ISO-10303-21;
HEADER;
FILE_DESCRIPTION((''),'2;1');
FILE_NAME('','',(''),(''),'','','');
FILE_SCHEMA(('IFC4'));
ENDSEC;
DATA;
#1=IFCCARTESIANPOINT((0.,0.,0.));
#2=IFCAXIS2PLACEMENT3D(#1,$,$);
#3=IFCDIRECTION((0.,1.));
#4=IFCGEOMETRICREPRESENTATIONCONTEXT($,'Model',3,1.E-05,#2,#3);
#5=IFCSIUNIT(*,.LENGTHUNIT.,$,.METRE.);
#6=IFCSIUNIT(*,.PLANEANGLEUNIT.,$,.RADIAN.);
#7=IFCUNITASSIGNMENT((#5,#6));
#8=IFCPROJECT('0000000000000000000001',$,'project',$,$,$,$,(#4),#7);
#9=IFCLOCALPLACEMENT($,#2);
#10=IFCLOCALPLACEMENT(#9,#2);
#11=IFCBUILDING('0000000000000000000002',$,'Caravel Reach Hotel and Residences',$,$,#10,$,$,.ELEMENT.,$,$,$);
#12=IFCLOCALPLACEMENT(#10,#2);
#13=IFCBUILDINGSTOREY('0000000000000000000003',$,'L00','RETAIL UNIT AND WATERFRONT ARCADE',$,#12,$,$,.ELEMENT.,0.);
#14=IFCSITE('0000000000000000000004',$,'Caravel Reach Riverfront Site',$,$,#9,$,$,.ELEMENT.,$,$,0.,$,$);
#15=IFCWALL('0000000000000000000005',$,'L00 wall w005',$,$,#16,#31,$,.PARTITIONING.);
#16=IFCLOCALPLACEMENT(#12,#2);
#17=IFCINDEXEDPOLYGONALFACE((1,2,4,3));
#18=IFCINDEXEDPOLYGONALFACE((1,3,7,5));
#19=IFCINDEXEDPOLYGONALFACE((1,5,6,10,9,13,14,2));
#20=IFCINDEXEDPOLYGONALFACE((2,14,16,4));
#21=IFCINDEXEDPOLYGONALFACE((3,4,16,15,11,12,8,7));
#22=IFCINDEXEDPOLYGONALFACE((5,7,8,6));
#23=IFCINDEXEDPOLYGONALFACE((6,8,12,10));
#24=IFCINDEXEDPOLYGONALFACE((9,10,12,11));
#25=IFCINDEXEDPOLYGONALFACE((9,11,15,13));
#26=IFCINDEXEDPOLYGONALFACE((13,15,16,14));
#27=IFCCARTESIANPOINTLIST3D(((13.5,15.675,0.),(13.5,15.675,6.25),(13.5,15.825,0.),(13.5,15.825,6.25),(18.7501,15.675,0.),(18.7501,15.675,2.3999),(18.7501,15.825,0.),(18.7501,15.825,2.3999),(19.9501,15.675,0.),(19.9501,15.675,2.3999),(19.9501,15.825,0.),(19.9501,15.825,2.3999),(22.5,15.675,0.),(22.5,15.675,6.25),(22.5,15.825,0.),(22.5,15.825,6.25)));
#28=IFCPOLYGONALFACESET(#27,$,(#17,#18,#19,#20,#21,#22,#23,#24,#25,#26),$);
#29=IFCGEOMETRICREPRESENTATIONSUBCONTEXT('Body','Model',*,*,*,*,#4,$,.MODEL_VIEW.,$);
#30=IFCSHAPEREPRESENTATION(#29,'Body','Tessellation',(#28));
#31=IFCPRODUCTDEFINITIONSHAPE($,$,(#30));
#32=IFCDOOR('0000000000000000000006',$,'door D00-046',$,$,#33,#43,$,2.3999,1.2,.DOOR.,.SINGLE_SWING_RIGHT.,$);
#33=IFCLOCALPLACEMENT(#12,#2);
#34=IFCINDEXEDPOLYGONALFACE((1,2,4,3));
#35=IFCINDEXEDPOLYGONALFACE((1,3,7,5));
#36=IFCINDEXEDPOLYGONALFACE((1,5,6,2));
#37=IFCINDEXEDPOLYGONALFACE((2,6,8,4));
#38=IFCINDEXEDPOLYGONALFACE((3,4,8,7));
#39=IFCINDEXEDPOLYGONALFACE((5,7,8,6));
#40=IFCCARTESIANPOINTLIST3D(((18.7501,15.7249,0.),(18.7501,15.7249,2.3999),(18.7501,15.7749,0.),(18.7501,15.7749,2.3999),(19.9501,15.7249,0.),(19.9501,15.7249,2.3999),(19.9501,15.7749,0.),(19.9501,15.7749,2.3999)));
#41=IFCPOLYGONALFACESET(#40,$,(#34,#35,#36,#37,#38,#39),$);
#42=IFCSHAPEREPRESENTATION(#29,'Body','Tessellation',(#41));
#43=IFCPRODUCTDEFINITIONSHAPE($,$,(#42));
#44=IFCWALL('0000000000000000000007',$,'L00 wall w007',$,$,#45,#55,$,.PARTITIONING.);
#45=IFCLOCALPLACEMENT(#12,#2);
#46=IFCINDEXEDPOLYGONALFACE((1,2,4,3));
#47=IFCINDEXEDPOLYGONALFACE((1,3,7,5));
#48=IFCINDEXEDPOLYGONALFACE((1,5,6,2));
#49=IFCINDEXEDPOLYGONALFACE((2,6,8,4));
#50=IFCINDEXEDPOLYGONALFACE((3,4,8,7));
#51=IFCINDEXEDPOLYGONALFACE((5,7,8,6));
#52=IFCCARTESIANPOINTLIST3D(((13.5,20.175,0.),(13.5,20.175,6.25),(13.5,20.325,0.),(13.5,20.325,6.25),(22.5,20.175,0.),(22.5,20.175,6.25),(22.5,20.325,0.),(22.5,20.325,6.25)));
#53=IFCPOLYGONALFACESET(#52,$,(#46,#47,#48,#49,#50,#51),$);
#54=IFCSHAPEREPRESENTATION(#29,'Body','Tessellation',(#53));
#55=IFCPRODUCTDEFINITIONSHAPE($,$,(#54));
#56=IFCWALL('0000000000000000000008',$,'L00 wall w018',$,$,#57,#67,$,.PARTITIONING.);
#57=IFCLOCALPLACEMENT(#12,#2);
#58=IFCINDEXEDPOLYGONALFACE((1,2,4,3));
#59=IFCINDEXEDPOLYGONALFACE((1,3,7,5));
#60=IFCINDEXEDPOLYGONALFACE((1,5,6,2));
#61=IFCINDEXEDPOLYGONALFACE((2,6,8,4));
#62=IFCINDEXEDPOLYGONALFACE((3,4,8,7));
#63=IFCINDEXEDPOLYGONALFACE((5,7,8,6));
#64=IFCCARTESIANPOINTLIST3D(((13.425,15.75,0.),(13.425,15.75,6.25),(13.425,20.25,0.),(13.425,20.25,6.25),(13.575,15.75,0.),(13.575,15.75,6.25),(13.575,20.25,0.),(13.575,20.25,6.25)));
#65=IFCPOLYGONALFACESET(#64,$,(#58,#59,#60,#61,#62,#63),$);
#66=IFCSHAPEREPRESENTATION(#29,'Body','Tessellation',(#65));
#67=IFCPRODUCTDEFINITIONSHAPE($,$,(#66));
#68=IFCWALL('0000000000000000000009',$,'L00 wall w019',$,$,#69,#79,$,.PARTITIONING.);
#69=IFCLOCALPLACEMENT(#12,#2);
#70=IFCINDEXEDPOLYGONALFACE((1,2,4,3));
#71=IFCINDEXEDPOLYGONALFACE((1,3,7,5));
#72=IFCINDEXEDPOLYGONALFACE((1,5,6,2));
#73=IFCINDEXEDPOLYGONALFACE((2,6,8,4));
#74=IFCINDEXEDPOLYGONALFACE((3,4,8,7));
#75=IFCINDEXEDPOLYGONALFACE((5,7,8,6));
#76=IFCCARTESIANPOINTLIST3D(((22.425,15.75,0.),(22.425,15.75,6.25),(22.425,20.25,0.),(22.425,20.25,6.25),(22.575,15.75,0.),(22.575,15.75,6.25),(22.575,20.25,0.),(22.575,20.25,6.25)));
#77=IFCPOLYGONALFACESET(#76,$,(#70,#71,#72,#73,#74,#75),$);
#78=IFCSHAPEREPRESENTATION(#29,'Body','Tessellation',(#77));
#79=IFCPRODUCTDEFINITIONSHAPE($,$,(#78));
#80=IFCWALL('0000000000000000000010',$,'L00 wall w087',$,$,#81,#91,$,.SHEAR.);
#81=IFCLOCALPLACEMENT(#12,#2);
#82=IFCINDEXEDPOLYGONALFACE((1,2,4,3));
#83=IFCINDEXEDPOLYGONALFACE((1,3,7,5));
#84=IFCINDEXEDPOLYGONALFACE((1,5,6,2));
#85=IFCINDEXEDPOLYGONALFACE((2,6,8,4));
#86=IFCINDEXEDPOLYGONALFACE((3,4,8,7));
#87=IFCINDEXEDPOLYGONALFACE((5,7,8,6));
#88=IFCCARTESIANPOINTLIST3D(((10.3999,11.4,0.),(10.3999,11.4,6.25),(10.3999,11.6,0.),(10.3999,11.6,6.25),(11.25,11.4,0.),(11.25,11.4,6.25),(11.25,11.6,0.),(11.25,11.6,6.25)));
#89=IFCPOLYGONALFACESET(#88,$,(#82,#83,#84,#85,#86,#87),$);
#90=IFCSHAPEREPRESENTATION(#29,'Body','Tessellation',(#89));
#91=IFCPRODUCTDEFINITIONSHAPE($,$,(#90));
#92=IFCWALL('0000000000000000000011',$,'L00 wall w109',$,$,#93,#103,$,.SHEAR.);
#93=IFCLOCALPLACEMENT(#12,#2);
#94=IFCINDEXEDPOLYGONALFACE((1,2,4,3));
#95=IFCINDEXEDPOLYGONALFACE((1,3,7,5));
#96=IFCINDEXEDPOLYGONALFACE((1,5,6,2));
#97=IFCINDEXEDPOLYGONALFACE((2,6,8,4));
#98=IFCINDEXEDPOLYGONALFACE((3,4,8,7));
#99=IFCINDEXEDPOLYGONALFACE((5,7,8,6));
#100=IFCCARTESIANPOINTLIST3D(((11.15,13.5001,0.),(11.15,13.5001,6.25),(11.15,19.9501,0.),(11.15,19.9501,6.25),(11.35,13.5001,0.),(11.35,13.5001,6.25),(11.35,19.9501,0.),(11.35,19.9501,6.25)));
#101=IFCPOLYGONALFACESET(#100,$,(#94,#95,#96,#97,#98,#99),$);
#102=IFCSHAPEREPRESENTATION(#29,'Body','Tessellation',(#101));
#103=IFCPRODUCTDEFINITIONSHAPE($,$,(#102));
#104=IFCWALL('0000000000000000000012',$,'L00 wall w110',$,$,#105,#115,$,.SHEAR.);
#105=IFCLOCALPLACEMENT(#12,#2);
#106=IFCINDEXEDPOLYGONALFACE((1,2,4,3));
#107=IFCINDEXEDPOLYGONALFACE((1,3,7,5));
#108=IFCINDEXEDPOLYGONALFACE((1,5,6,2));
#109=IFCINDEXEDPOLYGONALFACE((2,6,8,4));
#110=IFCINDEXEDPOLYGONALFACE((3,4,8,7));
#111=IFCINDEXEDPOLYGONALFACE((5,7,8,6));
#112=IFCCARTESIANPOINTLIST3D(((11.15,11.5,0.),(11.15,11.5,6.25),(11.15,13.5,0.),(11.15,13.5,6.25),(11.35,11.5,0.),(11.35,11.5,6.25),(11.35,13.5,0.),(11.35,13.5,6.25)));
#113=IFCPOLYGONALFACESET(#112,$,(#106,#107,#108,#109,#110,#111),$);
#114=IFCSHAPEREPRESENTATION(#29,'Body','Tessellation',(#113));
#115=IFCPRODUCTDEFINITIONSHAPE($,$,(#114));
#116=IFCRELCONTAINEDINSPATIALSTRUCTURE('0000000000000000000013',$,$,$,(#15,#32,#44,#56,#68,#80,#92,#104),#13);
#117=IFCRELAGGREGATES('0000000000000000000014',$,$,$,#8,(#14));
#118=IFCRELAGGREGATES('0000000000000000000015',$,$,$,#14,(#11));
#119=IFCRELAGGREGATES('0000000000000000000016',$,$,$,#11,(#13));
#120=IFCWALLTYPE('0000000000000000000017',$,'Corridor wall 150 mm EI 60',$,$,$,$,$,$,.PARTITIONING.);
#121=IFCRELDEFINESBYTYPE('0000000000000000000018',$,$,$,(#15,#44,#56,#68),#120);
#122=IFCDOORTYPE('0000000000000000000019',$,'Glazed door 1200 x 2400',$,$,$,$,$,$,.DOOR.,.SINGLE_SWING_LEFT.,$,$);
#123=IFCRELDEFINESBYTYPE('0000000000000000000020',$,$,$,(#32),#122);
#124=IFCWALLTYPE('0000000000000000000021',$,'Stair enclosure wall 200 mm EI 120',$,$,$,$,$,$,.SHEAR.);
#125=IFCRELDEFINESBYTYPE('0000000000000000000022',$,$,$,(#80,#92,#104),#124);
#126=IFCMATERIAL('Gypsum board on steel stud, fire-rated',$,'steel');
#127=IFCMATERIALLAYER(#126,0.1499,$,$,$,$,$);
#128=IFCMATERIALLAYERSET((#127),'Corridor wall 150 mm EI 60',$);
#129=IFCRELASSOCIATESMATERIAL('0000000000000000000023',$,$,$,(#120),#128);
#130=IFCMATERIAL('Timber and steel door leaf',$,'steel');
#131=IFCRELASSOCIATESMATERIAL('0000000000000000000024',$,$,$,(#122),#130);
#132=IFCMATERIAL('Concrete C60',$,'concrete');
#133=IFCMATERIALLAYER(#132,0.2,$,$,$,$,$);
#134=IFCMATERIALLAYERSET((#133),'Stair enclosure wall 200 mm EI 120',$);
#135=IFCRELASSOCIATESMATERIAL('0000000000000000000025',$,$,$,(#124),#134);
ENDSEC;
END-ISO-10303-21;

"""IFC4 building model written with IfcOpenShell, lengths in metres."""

from ifc_helpers import new_model, si_unit, direction, frame, frame_2d, origin, place, context, subcontext, project, spatial, rectangle, extrude, material, layer, layer_set, type_object, element, fill, save


model = new_model("IFC4")

# Units and contexts
model_context = context("Model", 3, precision=1e-05, world=origin(), true_north=direction((0.0, 1.0)))
body_context = subcontext(model_context, "Body", "Model", "MODEL_VIEW")
ifc_project = project(units=[si_unit("LENGTHUNIT", "METRE"), si_unit("PLANEANGLEUNIT", "RADIAN")], contexts=[model_context])

# Site, building, storey
site_placement = place(None, origin())
site = spatial("IfcSite", under=ifc_project, at=site_placement, Name="Caravel Reach Riverfront Site", CompositionType="ELEMENT", RefElevation=0.0)
building_placement = place(site_placement, origin())
building = spatial("IfcBuilding", under=site, at=building_placement, Name="Caravel Reach Hotel and Residences", CompositionType="ELEMENT")
storey_placement = place(building_placement, origin())
storey = spatial("IfcBuildingStorey", under=building, at=storey_placement, Name="L00", Description="RETAIL UNIT AND WATERFRONT ARCADE", CompositionType="ELEMENT", Elevation=0.0)

# Wall, opening, door
ifc_material_1 = material(Name="Gypsum board on steel stud, fire-rated", Category="steel")
ifc_layer_1 = layer(ifc_material_1, 0.1499)
ifc_layer_set_1 = layer_set([ifc_layer_1], Name="Corridor wall 150 mm EI 60")
wall_type_1 = type_object("IfcWallType", Name="Corridor wall 150 mm EI 60", PredefinedType="PARTITIONING", material=ifc_layer_set_1)
wall_1_placement = place(storey_placement, frame((13.5, 15.75, 0.0), z_axis=(0.0, 0.0, 1.0), x_axis=(1.0, 0.0, 0.0)))
wall_1 = element("IfcWall", 1, at=wall_1_placement, inside=storey, type_object=wall_type_1, Name="L00 wall w005", PredefinedType="PARTITIONING", context=body_context, shape_type="SweptSolid", body=[
    extrude(rectangle(XDim=9.0, YDim=0.1499, at=frame_2d((4.5, 0.0))), origin(), (0.0, 0.0, 1.0), 6.25),
])
opening_1_placement = place(wall_1_placement, frame((5.25, 0.0, 0.0)))
opening_1 = element("IfcOpeningElement", 2, at=opening_1_placement, cuts=wall_1, PredefinedType="OPENING", context=body_context, shape_type="SweptSolid", body=[
    extrude(rectangle(XDim=1.2, YDim=2.3999, at=frame_2d((0.6001, 1.2))), frame((0.0, 0.085, 0.0), z_axis=(0.0, -1.0, 0.0), x_axis=(1.0, 0.0, 0.0)), (0.0, 0.0, 1.0), 0.1699),
])
ifc_material_2 = material(Name="Timber and steel door leaf", Category="steel")
door_type_1 = type_object("IfcDoorType", Name="Glazed door 1200 x 2400", OperationType="SINGLE_SWING_LEFT", PredefinedType="DOOR", material=ifc_material_2)
door_1_placement = place(opening_1_placement, origin())
door_1 = element("IfcDoor", 3, at=door_1_placement, inside=storey, type_object=door_type_1, Name="door D00-046", OperationType="SINGLE_SWING_RIGHT", OverallHeight=2.3999, OverallWidth=1.2, PredefinedType="DOOR", context=body_context, shape_type="SweptSolid", body=[
    extrude(rectangle(XDim=1.2, YDim=2.3999, at=frame_2d((0.6001, 1.2))), frame((0.0, 0.0249, 0.0), z_axis=(0.0, -1.0, 0.0), x_axis=(1.0, 0.0, 0.0)), (0.0, 0.0, 1.0), 0.05),
])
fill(opening_1, door_1)

# Walls
wall_2_placement = place(storey_placement, frame((13.5, 20.25, 0.0), z_axis=(0.0, 0.0, 1.0), x_axis=(1.0, 0.0, 0.0)))
element("IfcWall", 4, at=wall_2_placement, inside=storey, type_object=wall_type_1, Name="L00 wall w007", PredefinedType="PARTITIONING", context=body_context, shape_type="SweptSolid", body=[
    extrude(rectangle(XDim=9.0, YDim=0.1499, at=frame_2d((4.5, 0.0))), origin(), (0.0, 0.0, 1.0), 6.25),
])
for number, where, z_axis, x_axis, name in (
    (5, (13.5, 15.75, 0.0), (0.0, 0.0, 1.0), (0.0, 1.0, 0.0), "L00 wall w018"),
    (6, (22.5, 15.75, 0.0), (0.0, 0.0, 1.0), (0.0, 1.0, 0.0), "L00 wall w019"),
):
    element("IfcWall", number, at=place(storey_placement, frame(where, z_axis=z_axis, x_axis=x_axis)), inside=storey, type_object=wall_type_1, Name=name, PredefinedType="PARTITIONING", context=body_context, shape_type="SweptSolid", body=[
        extrude(rectangle(XDim=4.5, YDim=0.1499, at=frame_2d((2.25, 0.0))), origin(), (0.0, 0.0, 1.0), 6.25),
    ])
ifc_material_3 = material(Name="Concrete C60", Category="concrete")
ifc_layer_2 = layer(ifc_material_3, 0.2)
ifc_layer_set_2 = layer_set([ifc_layer_2], Name="Stair enclosure wall 200 mm EI 120")
wall_type_2 = type_object("IfcWallType", Name="Stair enclosure wall 200 mm EI 120", PredefinedType="SHEAR", material=ifc_layer_set_2)
wall_3_placement = place(storey_placement, frame((10.3999, 11.5, 0.0), z_axis=(0.0, 0.0, 1.0), x_axis=(1.0, 0.0, 0.0)))
element("IfcWall", 7, at=wall_3_placement, inside=storey, type_object=wall_type_2, Name="L00 wall w087", PredefinedType="SHEAR", context=body_context, shape_type="SweptSolid", body=[
    extrude(rectangle(XDim=0.8501, YDim=0.2, at=frame_2d((0.425, 0.0))), origin(), (0.0, 0.0, 1.0), 6.25),
])
wall_4_placement = place(storey_placement, frame((11.25, 13.5, 0.0), z_axis=(0.0, 0.0, 1.0), x_axis=(0.0, 1.0, 0.0)))
element("IfcWall", 8, at=wall_4_placement, inside=storey, type_object=wall_type_2, Name="L00 wall w109", PredefinedType="SHEAR", context=body_context, shape_type="SweptSolid", body=[
    extrude(rectangle(XDim=6.45, YDim=0.2, at=frame_2d((3.2251, 0.0))), origin(), (0.0, 0.0, 1.0), 6.25),
])
wall_5_placement = place(storey_placement, frame((11.25, 11.5, 0.0), z_axis=(0.0, 0.0, 1.0), x_axis=(0.0, 1.0, 0.0)))
element("IfcWall", 9, at=wall_5_placement, inside=storey, type_object=wall_type_2, Name="L00 wall w110", PredefinedType="SHEAR", context=body_context, shape_type="SweptSolid", body=[
    extrude(rectangle(XDim=2.0, YDim=0.2, at=frame_2d((1.0, 0.0))), origin(), (0.0, 0.0, 1.0), 6.25),
])

save(model, "model.ifc")
